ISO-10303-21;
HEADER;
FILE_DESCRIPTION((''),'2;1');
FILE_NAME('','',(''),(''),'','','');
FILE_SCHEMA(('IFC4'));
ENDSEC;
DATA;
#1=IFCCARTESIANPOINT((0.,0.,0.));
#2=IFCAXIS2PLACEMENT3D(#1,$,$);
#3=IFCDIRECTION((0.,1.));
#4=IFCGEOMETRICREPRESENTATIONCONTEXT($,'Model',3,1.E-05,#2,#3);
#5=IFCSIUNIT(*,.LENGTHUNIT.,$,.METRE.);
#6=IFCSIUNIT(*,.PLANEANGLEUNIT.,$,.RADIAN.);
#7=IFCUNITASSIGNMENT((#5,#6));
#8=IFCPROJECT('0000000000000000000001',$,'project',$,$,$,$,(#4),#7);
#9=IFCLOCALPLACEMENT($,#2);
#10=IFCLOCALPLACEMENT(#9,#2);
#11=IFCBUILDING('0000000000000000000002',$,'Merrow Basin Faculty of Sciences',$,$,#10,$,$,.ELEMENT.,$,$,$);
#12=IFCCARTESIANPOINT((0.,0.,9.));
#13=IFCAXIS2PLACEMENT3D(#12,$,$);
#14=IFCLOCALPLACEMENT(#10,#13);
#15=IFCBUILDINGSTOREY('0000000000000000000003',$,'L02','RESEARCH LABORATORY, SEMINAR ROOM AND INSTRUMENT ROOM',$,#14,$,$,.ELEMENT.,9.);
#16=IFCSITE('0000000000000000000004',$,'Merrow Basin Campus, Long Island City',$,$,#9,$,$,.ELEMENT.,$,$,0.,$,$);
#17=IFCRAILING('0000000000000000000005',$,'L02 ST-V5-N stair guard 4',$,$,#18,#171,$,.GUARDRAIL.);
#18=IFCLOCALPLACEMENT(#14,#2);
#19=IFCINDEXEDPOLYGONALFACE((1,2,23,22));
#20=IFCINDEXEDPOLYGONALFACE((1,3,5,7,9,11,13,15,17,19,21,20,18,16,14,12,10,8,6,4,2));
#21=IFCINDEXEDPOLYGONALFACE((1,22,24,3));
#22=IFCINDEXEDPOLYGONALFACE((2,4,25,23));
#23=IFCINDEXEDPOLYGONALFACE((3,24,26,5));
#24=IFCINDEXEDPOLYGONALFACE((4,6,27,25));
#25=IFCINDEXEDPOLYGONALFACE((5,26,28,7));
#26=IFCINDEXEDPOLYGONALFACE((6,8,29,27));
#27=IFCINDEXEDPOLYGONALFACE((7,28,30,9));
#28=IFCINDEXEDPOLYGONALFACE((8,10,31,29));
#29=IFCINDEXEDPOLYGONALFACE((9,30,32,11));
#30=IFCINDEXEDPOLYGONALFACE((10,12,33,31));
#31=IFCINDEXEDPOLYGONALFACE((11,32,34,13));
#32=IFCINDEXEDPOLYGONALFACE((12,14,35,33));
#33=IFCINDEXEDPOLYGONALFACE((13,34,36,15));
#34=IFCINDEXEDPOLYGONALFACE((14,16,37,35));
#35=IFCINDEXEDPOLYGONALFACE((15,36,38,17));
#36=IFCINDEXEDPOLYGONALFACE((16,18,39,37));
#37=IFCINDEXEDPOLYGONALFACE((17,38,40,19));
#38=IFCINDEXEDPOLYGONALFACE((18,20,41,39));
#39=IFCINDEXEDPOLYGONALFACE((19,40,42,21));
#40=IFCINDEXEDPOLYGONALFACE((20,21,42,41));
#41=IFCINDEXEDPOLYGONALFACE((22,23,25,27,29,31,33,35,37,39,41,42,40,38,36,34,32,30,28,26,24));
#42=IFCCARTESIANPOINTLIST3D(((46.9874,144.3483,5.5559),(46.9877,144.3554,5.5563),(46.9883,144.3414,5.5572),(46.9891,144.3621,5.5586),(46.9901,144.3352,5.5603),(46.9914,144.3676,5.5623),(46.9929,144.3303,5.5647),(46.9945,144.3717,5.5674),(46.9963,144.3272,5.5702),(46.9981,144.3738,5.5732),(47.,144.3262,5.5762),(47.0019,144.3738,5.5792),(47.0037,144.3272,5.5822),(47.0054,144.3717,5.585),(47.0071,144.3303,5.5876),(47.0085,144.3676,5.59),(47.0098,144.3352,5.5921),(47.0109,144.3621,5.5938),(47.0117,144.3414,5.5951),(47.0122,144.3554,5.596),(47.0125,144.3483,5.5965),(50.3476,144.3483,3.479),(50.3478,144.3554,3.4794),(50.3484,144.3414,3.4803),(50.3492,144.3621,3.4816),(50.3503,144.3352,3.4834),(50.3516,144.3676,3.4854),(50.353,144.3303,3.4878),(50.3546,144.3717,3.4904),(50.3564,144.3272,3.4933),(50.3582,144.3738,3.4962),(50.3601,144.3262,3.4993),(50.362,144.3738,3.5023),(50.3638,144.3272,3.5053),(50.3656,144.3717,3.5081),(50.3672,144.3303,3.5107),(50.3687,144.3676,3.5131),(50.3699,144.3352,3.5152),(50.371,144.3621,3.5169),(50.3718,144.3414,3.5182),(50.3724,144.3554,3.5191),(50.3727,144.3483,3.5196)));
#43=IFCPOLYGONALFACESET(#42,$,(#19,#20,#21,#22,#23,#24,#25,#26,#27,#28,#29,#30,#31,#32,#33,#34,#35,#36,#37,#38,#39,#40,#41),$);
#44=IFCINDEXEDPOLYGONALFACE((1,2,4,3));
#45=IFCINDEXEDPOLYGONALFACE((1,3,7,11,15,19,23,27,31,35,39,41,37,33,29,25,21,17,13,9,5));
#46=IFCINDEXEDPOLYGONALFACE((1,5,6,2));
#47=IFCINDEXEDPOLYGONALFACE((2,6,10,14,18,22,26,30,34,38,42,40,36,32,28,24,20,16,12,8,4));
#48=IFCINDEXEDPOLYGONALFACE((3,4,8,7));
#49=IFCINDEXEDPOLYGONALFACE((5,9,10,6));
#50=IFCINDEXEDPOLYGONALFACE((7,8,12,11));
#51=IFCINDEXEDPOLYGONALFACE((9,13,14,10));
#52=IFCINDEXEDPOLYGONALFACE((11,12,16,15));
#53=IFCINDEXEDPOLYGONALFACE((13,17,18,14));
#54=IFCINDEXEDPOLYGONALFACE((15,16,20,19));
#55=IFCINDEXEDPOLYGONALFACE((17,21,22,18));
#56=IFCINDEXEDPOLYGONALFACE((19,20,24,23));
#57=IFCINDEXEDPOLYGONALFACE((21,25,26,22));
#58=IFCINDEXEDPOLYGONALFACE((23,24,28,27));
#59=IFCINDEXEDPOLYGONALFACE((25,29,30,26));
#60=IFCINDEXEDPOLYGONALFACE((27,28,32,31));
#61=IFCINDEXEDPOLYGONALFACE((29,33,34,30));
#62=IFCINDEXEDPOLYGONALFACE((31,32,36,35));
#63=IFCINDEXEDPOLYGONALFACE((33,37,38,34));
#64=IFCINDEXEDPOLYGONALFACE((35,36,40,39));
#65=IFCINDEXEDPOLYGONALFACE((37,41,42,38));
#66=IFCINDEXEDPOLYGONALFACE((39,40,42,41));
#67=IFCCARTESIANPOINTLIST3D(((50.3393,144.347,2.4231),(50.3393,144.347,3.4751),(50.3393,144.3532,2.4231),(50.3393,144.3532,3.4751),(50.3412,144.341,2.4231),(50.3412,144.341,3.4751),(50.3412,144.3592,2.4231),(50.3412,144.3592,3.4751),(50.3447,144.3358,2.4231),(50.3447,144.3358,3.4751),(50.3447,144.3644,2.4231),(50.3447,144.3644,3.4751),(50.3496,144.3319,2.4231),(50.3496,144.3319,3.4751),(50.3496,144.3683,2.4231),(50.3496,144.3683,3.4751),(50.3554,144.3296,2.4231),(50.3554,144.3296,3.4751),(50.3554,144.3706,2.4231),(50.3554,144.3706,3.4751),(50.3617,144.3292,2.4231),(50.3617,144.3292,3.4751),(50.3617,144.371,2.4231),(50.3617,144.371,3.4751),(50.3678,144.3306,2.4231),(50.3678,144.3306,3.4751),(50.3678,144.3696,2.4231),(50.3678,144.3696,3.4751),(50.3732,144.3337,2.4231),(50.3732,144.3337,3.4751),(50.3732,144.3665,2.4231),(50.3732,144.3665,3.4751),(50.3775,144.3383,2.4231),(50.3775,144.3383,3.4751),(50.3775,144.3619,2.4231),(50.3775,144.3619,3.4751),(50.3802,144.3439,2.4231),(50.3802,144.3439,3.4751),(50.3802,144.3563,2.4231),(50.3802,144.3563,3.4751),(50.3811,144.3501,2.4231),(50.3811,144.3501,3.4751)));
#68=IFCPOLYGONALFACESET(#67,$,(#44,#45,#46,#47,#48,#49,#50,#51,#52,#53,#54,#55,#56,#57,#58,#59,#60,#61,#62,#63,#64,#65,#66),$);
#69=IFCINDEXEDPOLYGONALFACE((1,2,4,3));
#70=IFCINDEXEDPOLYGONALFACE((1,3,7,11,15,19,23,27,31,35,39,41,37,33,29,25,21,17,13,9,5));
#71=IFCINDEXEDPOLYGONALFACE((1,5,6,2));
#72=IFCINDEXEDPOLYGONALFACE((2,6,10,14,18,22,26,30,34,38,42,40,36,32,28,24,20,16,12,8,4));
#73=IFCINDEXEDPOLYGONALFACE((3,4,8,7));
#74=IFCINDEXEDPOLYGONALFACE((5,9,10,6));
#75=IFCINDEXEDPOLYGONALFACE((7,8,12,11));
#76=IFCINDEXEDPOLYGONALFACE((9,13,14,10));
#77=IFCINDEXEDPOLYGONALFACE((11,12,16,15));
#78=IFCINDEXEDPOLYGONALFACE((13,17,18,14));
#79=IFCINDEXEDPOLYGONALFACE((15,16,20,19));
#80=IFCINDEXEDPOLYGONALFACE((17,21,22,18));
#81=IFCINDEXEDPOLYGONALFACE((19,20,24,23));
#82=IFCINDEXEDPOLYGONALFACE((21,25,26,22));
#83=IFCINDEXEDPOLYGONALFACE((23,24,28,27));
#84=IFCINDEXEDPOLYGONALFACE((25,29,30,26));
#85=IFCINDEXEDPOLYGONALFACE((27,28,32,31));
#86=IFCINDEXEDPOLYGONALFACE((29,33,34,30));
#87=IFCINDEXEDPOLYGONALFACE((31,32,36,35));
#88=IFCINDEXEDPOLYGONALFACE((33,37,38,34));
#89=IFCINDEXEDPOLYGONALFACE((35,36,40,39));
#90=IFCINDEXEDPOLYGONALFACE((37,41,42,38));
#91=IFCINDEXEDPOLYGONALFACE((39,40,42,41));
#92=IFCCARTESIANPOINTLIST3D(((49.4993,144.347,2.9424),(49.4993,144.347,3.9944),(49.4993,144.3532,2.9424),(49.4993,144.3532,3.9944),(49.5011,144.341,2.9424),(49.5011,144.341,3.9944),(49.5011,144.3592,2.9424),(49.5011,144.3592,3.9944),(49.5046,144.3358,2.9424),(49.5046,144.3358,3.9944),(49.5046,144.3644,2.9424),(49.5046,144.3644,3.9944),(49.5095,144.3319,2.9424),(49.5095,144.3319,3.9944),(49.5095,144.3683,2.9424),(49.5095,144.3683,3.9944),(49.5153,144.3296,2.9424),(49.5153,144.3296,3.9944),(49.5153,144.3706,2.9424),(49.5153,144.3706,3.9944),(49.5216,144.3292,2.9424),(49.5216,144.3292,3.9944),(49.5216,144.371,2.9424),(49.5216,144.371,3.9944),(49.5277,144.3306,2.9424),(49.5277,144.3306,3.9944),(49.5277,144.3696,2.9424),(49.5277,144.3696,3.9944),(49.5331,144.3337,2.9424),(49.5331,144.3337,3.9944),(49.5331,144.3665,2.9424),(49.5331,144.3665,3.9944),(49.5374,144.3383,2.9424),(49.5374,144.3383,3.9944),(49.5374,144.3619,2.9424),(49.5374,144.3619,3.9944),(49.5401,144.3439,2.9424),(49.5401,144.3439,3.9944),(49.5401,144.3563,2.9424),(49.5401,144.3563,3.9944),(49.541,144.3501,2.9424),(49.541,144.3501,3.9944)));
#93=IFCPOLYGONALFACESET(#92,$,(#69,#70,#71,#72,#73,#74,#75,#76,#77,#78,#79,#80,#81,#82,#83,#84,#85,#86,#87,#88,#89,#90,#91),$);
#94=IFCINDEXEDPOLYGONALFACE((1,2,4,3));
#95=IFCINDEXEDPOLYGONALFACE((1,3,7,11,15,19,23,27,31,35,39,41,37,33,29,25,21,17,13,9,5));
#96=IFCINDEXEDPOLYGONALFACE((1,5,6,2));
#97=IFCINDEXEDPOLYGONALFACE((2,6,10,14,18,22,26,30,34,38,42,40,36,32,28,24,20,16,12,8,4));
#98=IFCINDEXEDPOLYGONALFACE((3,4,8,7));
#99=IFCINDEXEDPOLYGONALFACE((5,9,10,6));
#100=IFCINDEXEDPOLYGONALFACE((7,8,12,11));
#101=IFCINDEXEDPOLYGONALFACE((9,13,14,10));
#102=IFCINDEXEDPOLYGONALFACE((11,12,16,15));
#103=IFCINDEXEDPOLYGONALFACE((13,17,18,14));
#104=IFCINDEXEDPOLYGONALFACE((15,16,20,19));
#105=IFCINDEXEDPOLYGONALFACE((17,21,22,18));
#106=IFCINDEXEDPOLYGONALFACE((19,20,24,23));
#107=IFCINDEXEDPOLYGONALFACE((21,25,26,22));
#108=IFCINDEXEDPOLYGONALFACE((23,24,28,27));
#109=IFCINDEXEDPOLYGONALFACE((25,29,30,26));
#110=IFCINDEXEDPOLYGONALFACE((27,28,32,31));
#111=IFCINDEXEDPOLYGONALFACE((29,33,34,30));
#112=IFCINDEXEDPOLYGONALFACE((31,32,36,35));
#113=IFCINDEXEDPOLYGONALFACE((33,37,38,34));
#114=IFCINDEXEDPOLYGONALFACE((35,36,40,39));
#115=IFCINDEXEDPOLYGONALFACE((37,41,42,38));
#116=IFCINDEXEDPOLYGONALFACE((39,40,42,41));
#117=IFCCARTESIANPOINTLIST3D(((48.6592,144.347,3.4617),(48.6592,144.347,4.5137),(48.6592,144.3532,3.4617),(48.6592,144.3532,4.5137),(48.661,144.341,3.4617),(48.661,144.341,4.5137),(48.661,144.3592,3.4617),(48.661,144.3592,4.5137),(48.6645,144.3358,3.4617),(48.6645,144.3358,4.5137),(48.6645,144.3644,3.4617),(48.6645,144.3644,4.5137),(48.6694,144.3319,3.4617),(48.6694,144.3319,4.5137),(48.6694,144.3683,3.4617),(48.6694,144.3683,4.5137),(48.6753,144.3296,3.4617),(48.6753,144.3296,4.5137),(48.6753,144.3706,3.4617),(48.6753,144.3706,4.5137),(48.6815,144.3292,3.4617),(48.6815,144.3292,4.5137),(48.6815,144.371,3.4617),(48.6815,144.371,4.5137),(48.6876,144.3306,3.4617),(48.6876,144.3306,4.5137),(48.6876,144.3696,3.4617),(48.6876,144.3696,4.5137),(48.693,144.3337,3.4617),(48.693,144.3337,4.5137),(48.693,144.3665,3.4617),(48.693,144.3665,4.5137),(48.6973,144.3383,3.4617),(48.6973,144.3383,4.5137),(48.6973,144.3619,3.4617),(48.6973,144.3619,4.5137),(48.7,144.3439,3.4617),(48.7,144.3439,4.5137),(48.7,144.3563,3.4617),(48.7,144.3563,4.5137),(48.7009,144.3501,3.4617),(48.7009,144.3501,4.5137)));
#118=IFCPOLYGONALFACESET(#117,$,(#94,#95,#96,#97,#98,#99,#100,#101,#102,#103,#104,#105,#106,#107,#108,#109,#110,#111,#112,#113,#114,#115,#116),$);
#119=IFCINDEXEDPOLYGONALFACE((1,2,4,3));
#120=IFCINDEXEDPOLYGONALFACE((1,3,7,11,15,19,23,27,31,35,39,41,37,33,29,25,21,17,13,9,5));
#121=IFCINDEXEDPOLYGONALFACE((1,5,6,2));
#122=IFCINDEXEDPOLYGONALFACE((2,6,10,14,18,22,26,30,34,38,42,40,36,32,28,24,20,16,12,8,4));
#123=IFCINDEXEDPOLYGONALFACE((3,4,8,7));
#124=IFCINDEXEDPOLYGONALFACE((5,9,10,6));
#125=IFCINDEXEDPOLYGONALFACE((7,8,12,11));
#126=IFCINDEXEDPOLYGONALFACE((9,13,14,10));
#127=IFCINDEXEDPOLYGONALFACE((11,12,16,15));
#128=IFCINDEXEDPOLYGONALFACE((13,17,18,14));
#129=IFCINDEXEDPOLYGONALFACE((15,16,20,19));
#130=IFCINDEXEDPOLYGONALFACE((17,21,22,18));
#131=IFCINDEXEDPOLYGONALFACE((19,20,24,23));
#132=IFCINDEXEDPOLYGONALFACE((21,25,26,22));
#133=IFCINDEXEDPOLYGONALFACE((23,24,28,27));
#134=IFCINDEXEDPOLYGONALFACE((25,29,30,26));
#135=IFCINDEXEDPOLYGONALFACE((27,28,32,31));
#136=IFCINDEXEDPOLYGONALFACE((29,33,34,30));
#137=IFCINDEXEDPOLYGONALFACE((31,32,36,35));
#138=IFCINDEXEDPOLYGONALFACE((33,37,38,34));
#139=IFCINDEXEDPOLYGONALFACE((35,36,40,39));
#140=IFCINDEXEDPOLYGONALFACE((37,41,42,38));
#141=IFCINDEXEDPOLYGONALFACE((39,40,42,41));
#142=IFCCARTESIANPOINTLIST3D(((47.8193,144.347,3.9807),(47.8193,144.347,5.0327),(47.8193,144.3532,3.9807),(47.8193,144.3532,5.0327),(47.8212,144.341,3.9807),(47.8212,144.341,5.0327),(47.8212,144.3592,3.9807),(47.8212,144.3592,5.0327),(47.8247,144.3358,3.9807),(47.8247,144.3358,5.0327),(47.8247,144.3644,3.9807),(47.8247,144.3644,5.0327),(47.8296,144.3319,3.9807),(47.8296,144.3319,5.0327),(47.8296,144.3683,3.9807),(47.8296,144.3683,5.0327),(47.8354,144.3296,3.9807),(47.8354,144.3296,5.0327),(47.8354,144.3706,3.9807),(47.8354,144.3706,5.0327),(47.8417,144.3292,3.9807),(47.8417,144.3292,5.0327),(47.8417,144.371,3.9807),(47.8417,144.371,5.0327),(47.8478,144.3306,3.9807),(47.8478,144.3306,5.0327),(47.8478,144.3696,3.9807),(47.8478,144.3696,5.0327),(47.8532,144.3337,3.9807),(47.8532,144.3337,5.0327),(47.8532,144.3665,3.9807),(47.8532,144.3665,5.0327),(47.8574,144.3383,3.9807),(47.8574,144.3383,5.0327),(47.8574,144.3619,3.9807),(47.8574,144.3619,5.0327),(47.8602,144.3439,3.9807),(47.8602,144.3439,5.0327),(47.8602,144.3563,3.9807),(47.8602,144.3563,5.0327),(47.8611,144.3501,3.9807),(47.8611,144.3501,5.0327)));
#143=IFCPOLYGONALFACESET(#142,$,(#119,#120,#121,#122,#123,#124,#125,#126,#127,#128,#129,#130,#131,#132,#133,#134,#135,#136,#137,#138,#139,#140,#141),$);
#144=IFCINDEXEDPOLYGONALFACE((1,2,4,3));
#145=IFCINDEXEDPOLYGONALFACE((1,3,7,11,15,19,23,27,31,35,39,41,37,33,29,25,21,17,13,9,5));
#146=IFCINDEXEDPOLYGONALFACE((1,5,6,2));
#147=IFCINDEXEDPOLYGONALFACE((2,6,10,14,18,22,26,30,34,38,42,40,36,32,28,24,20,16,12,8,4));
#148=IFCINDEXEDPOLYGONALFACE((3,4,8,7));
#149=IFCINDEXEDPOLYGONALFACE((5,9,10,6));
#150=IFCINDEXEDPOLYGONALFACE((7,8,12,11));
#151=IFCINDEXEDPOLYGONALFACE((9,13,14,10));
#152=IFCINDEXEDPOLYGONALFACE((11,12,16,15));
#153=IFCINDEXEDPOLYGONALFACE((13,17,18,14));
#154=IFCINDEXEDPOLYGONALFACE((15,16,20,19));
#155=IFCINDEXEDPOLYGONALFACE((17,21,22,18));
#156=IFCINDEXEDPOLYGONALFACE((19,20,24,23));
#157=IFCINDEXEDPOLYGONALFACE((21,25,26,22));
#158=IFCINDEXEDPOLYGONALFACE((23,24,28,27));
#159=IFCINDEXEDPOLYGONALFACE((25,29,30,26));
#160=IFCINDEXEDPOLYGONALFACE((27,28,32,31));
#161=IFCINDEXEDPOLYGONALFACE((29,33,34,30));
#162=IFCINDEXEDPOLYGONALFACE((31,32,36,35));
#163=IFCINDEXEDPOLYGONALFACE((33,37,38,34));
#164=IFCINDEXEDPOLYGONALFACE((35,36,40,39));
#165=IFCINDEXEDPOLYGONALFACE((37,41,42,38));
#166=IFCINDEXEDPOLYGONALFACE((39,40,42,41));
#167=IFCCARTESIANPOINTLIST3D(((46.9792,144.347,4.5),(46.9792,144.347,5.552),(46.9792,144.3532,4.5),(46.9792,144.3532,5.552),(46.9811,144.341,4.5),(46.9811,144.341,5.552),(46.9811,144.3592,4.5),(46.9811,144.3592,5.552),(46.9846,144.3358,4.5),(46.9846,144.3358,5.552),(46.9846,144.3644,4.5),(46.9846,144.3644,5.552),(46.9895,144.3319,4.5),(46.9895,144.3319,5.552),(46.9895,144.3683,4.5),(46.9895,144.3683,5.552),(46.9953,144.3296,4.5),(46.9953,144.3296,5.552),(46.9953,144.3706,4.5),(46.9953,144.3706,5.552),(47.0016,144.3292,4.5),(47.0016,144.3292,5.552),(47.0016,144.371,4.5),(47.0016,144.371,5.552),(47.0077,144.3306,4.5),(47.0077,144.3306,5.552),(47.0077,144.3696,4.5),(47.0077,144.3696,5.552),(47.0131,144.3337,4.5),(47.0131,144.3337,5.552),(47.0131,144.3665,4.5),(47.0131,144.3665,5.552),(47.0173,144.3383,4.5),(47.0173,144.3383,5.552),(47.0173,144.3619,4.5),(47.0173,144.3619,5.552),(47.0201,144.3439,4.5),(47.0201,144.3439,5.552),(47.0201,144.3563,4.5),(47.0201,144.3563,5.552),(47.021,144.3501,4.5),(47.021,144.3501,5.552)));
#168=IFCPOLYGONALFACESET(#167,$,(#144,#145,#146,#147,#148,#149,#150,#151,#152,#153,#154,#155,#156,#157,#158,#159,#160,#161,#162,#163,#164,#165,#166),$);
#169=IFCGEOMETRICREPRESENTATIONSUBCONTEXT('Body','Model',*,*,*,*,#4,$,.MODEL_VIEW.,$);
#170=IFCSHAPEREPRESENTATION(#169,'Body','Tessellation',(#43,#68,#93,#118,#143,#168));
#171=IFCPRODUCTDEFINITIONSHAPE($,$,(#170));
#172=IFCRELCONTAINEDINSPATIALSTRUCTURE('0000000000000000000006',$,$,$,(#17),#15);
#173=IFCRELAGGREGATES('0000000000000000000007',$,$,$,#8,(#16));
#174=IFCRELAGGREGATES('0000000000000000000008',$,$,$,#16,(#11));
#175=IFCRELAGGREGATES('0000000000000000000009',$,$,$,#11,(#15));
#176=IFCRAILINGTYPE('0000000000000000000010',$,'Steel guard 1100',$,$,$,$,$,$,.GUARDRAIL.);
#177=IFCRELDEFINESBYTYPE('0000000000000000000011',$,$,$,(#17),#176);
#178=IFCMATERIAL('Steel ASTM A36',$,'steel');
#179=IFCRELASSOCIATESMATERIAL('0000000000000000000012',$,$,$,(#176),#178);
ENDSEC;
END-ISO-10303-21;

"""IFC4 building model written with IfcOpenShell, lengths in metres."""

from ifc_helpers import new_model, si_unit, direction, frame, origin, origin_2d, place, context, subcontext, project, spatial, circle, extrude, material, type_object, element, save


model = new_model("IFC4")

# Units and contexts
model_context = context("Model", 3, precision=1e-05, world=origin(), true_north=direction((0.0, 1.0)))
body_context = subcontext(model_context, "Body", "Model", "MODEL_VIEW")
ifc_project = project(units=[si_unit("LENGTHUNIT", "METRE"), si_unit("PLANEANGLEUNIT", "RADIAN")], contexts=[model_context])

# Site, building, storey
site_placement = place(None, origin())
site = spatial("IfcSite", under=ifc_project, at=site_placement, Name="Merrow Basin Campus, Long Island City", CompositionType="ELEMENT", RefElevation=0.0)
building_placement = place(site_placement, origin())
building = spatial("IfcBuilding", under=site, at=building_placement, Name="Merrow Basin Faculty of Sciences", CompositionType="ELEMENT")
storey_placement = place(building_placement, frame((0.0, 0.0, 9.0)))
storey = spatial("IfcBuildingStorey", under=building, at=storey_placement, Name="L02", Description="RESEARCH LABORATORY, SEMINAR ROOM AND INSTRUMENT ROOM", CompositionType="ELEMENT", Elevation=9.0)

# Railing
ifc_material_1 = material(Name="Steel ASTM A36", Category="steel")
railing_type_1 = type_object("IfcRailingType", Name="Steel guard 1100", PredefinedType="GUARDRAIL", material=ifc_material_1)
railing_1_placement = place(storey_placement, frame((50.3601, 144.3501, 2.4231)))
element("IfcRailing", 1, at=railing_1_placement, inside=storey, type_object=railing_type_1, Name="L02 ST-V5-N stair guard 4", PredefinedType="GUARDRAIL", context=body_context, shape_type="SweptSolid", body=[
    extrude(circle(Radius=0.0239, at=origin_2d()), frame((0.0, 0.0, 1.0762), z_axis=(-0.850623, 0.0, 0.525776), x_axis=(0.0, -1.0, 0.0)), (0.0, 0.0, 1.0), 3.9502),
    extrude(circle(Radius=0.021, at=origin_2d()), origin(), (0.0, 0.0, 1.0), 1.052),
    extrude(circle(Radius=0.021, at=origin_2d()), frame((-0.8401, 0.0, 0.5193)), (0.0, 0.0, 1.0), 1.052),
    extrude(circle(Radius=0.021, at=origin_2d()), frame((-1.6802, 0.0, 1.0386)), (0.0, 0.0, 1.0), 1.052),
    extrude(circle(Radius=0.021, at=origin_2d()), frame((-2.52, 0.0, 1.5576)), (0.0, 0.0, 1.0), 1.052),
    extrude(circle(Radius=0.021, at=origin_2d()), frame((-3.3601, 0.0, 2.0769)), (0.0, 0.0, 1.0), 1.052),
])

save(model, "model.ifc")
